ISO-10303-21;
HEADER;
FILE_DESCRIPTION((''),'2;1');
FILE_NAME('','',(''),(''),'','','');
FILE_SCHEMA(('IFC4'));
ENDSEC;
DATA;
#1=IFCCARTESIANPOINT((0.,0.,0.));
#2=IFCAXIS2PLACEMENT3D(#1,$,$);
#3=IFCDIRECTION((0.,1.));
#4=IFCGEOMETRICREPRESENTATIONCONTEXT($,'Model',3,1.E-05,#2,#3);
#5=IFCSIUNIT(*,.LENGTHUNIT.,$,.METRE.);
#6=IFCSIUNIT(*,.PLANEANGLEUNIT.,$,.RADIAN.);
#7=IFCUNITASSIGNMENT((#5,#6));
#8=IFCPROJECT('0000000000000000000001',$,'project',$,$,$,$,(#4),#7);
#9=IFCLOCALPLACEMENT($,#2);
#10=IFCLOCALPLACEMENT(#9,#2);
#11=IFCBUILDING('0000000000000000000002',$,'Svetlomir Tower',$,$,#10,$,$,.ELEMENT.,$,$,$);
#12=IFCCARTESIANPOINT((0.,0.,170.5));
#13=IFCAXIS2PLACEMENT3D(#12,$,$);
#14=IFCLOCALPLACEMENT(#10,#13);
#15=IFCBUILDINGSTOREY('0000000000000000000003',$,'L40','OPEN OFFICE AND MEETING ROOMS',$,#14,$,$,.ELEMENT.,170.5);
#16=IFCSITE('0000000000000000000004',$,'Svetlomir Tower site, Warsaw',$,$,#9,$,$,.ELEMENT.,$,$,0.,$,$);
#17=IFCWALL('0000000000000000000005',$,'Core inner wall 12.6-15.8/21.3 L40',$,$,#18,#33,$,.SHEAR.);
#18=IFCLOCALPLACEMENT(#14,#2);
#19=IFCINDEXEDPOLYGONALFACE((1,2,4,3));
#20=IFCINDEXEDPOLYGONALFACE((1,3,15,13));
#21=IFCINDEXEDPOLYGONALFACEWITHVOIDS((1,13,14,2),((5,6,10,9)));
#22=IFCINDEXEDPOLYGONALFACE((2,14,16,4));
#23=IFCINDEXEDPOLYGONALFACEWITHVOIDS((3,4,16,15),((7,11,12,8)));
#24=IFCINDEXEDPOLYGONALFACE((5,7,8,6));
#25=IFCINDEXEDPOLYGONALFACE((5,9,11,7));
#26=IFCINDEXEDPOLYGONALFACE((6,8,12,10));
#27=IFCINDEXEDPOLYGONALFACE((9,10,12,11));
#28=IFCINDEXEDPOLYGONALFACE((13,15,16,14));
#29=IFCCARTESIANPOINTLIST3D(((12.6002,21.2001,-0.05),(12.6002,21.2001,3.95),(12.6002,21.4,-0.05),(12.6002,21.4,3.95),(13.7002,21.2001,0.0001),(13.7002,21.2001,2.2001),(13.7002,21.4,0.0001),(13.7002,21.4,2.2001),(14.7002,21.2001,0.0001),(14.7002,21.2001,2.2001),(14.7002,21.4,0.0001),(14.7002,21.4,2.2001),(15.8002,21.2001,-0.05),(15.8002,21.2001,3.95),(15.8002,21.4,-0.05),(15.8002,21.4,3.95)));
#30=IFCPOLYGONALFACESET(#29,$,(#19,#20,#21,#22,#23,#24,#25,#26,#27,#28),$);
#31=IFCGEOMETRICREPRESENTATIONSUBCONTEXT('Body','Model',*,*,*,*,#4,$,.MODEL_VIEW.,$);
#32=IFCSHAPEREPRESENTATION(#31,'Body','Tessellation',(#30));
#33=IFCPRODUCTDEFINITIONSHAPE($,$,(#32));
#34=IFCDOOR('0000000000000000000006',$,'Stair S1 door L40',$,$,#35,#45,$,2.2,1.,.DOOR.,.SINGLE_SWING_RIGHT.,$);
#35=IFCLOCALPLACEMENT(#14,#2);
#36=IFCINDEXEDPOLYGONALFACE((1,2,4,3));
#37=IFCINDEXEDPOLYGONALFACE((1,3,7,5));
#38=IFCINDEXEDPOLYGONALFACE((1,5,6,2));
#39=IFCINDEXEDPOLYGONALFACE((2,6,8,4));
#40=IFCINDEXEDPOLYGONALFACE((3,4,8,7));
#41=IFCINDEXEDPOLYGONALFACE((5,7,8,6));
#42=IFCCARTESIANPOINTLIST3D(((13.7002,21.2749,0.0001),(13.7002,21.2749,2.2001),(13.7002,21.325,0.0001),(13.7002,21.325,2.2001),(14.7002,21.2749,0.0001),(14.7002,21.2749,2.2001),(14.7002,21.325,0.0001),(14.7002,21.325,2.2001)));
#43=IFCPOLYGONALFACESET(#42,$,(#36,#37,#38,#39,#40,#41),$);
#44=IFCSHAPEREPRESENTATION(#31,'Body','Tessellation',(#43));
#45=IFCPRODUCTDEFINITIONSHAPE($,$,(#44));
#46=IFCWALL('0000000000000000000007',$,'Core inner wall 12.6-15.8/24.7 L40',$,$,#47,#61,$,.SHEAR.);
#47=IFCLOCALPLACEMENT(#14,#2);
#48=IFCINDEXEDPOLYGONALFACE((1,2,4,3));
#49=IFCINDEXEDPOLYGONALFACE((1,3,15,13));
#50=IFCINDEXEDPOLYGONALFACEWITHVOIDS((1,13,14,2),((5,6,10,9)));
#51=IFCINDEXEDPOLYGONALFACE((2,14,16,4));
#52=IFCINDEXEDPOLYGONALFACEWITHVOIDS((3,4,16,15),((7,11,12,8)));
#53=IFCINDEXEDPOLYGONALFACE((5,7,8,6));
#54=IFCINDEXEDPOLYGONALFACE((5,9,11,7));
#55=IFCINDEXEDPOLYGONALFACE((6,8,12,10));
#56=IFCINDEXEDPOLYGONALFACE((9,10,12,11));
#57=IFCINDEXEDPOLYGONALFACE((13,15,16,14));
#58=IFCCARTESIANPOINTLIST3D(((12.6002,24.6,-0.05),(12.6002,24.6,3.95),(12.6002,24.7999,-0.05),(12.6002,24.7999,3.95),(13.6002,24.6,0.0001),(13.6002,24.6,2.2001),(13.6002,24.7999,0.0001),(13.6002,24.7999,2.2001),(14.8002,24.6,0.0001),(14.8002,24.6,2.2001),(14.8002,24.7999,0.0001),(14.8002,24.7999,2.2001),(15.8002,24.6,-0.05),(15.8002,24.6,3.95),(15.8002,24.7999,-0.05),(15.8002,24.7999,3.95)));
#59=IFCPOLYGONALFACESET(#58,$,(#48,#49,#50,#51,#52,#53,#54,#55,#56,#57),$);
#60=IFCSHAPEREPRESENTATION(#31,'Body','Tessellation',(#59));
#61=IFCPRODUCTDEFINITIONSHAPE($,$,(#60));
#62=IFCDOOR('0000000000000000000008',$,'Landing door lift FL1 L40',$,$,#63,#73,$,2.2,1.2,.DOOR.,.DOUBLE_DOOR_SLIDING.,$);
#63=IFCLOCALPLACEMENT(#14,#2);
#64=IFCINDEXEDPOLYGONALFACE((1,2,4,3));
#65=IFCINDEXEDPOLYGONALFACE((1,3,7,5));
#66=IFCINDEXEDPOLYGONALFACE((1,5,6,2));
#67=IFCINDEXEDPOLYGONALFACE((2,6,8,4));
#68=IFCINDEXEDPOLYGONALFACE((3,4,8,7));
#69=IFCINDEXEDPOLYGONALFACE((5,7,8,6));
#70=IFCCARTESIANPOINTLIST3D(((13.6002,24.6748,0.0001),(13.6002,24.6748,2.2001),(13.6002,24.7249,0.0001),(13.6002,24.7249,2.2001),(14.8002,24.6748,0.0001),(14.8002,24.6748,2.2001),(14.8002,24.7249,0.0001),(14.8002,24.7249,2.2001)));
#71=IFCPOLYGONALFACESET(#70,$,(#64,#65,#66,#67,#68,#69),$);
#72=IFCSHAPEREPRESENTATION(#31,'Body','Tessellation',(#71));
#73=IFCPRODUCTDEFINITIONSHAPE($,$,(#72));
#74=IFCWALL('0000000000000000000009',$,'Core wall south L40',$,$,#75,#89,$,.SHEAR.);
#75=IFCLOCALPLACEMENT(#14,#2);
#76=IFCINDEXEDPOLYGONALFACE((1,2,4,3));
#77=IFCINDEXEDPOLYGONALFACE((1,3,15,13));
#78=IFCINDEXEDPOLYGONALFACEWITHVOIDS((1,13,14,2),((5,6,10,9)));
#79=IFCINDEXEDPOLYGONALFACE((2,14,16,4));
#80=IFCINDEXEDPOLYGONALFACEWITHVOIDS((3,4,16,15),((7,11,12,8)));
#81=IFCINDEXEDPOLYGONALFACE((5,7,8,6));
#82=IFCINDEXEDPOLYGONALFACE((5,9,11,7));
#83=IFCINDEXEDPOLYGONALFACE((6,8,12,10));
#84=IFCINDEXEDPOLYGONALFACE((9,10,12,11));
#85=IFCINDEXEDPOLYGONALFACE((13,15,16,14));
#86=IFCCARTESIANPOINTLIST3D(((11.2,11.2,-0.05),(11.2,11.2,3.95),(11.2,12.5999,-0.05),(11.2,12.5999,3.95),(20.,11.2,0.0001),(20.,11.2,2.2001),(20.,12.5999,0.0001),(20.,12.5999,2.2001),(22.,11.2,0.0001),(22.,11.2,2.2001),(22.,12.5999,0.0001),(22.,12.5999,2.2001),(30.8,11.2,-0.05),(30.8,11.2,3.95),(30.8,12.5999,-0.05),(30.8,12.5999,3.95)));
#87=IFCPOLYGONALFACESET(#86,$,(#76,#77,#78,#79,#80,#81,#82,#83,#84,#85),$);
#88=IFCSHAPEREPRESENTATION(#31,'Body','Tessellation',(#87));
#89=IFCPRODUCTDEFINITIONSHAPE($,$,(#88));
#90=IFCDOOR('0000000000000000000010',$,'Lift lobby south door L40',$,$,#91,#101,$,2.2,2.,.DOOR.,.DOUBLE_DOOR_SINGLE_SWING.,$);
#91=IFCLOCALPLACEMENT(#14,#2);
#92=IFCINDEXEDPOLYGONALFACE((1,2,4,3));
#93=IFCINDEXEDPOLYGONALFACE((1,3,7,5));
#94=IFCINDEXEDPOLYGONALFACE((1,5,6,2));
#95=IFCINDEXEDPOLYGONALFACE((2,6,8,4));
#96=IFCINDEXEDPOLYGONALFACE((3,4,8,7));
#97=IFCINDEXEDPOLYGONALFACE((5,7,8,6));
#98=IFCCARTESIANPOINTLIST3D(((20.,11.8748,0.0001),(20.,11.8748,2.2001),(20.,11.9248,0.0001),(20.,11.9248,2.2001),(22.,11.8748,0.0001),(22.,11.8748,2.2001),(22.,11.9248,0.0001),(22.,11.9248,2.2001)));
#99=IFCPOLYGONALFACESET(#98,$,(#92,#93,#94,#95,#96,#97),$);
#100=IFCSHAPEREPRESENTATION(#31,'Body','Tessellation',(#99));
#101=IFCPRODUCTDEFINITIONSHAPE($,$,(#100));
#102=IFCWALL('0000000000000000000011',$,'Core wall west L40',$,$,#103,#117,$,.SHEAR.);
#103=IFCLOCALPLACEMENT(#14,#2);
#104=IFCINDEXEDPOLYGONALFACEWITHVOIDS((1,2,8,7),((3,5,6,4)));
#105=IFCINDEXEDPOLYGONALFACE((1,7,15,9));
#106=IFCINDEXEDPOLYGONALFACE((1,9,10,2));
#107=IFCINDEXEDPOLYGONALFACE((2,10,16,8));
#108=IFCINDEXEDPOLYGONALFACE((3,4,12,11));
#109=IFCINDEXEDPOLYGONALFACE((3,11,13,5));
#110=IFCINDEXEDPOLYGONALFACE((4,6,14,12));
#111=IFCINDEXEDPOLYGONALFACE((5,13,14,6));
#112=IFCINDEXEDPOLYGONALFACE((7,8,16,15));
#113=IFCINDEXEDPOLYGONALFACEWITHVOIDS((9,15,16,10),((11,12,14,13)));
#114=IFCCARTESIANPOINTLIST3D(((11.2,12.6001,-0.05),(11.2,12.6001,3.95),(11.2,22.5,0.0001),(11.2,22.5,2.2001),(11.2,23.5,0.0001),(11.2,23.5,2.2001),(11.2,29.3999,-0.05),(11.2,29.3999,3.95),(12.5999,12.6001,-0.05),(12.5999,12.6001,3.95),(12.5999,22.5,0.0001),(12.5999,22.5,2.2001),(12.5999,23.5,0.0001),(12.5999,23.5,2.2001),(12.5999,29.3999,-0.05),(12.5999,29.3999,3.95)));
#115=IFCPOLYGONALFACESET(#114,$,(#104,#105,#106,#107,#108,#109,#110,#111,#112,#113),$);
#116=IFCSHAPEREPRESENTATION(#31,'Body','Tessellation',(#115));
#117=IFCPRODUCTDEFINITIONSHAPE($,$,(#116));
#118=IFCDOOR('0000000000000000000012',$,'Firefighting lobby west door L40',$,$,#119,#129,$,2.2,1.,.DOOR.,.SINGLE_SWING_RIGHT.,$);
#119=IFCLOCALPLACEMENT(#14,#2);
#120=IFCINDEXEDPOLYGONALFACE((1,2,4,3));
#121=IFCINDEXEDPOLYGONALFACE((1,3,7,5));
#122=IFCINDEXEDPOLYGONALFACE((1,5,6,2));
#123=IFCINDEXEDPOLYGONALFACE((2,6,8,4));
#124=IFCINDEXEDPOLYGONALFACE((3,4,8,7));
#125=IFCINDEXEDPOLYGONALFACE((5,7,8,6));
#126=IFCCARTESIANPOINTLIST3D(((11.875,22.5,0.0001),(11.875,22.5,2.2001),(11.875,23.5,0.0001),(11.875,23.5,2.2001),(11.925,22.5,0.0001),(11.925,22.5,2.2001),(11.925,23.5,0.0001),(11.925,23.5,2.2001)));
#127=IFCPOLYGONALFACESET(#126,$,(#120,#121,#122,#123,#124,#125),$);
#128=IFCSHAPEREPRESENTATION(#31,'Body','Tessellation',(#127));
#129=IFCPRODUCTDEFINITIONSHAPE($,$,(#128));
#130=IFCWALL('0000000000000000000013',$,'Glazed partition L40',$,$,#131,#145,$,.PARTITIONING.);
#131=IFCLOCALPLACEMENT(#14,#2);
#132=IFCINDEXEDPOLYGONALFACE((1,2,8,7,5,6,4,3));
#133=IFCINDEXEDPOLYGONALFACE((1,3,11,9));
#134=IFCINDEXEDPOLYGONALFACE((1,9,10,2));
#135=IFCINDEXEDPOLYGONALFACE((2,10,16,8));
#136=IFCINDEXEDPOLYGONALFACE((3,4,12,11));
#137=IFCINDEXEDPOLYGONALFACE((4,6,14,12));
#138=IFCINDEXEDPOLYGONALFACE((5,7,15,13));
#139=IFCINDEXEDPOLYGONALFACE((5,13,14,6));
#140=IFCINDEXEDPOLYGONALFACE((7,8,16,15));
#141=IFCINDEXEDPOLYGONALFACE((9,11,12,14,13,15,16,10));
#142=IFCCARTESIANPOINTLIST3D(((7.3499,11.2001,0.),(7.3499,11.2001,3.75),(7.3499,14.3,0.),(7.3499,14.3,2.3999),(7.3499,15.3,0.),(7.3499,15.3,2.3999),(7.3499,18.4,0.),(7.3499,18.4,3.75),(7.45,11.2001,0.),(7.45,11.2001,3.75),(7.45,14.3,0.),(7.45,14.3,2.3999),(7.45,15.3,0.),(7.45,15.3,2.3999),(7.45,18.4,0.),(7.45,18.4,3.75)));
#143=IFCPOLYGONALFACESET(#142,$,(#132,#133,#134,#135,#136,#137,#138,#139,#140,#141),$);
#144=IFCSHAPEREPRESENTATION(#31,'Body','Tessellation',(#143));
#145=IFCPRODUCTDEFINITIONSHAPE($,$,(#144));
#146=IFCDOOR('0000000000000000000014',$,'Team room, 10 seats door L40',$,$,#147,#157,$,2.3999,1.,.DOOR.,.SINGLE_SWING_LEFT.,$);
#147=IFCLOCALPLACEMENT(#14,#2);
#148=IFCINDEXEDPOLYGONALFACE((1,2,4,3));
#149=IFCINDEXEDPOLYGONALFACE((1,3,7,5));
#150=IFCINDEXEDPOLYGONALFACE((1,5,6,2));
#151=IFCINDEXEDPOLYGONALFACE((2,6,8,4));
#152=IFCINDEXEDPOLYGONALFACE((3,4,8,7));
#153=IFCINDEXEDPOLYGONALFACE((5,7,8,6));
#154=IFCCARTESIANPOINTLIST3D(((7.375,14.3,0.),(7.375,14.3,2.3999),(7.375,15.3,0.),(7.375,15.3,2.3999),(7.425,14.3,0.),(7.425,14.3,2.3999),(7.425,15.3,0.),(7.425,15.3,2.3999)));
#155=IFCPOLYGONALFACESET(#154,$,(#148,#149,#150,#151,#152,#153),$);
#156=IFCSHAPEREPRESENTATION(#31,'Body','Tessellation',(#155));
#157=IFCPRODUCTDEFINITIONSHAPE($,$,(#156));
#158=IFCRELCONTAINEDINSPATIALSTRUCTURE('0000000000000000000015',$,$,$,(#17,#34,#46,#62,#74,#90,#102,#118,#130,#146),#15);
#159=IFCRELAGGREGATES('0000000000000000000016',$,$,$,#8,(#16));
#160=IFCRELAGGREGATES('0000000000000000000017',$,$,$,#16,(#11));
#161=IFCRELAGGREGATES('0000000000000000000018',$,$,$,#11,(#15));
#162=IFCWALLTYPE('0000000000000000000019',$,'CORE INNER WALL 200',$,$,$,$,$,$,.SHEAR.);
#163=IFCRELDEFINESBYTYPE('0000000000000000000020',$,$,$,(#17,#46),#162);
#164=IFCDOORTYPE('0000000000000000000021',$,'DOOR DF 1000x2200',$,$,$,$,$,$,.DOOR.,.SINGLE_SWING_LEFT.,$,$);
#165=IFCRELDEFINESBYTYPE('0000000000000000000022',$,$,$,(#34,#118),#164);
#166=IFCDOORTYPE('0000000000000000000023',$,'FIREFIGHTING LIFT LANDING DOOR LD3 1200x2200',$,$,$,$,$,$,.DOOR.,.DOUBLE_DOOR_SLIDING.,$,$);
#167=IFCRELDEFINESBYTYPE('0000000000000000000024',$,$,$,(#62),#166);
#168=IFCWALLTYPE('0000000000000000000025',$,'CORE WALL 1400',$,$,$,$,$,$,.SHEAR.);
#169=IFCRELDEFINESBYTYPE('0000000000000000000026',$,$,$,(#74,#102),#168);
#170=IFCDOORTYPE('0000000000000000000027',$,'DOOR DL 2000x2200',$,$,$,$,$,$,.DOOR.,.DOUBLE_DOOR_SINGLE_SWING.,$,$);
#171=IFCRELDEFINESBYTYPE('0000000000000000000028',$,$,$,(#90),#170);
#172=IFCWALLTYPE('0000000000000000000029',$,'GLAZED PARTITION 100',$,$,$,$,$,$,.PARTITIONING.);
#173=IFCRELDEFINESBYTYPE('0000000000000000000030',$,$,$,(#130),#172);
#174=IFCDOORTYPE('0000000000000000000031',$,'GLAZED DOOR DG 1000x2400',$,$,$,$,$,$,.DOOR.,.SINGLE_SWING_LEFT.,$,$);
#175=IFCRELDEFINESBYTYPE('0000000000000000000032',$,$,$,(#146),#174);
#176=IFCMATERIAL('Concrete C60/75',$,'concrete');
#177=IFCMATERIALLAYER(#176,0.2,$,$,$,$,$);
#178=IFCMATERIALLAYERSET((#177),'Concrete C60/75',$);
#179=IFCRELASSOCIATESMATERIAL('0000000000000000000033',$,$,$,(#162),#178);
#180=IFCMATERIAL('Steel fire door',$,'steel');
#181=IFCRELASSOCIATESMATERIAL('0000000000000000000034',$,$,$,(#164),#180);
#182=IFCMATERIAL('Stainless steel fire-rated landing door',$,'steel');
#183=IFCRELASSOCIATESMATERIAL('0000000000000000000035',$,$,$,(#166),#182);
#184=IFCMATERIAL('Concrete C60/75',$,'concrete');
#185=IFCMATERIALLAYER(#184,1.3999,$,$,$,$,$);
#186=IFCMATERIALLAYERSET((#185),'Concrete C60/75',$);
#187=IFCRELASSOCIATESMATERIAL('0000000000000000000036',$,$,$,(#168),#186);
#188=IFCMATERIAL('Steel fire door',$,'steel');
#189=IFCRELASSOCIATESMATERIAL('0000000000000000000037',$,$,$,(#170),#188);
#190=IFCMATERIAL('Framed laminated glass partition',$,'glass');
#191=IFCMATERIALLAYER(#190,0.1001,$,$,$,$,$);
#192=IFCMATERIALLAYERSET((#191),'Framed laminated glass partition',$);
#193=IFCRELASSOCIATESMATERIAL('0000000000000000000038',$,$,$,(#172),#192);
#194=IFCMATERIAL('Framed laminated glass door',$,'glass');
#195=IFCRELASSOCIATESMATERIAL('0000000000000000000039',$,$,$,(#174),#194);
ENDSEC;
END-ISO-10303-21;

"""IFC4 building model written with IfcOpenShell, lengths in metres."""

from ifc_helpers import new_model, si_unit, direction, frame, frame_2d, origin, place, context, subcontext, project, spatial, rectangle, extrude, material, layer, layer_set, type_object, element, fill, save


model = new_model("IFC4")

# Units and contexts
model_context = context("Model", 3, precision=1e-05, world=origin(), true_north=direction((0.0, 1.0)))
body_context = subcontext(model_context, "Body", "Model", "MODEL_VIEW")
ifc_project = project(units=[si_unit("LENGTHUNIT", "METRE"), si_unit("PLANEANGLEUNIT", "RADIAN")], contexts=[model_context])

# Site, building, storey
site_placement = place(None, origin())
site = spatial("IfcSite", under=ifc_project, at=site_placement, Name="Svetlomir Tower site, Warsaw", CompositionType="ELEMENT", RefElevation=0.0)
building_placement = place(site_placement, origin())
building = spatial("IfcBuilding", under=site, at=building_placement, Name="Svetlomir Tower", CompositionType="ELEMENT")
storey_placement = place(building_placement, frame((0.0, 0.0, 170.5)))
storey = spatial("IfcBuildingStorey", under=building, at=storey_placement, Name="L40", Description="OPEN OFFICE AND MEETING ROOMS", CompositionType="ELEMENT", Elevation=170.5)

# Walls, openings, doors
ifc_material_1 = material(Name="Concrete C60/75", Category="concrete")
ifc_layer_1 = layer(ifc_material_1, 0.2)
ifc_layer_set_1 = layer_set([ifc_layer_1], Name="Concrete C60/75")
wall_type_1 = type_object("IfcWallType", Name="CORE INNER WALL 200", PredefinedType="SHEAR", material=ifc_layer_set_1)
ifc_material_2 = material(Name="Steel fire door", Category="steel")
door_type_1 = type_object("IfcDoorType", Name="DOOR DF 1000x2200", OperationType="SINGLE_SWING_LEFT", PredefinedType="DOOR", material=ifc_material_2)
wall_1_placement = place(storey_placement, frame((12.6001, 21.3, -0.05), z_axis=(0.0, 0.0, 1.0), x_axis=(1.0, 0.0, 0.0)))
wall_1 = element("IfcWall", 1, at=wall_1_placement, inside=storey, type_object=wall_type_1, Name="Core inner wall 12.6-15.8/21.3 L40", PredefinedType="SHEAR", context=body_context, shape_type="SweptSolid", body=[
    extrude(rectangle(XDim=3.2, YDim=0.2, at=frame_2d((1.6001, 0.0))), origin(), (0.0, 0.0, 1.0), 4.0),
])
opening_1_placement = place(wall_1_placement, frame((1.1001, 0.0, 0.05)))
opening_1 = element("IfcOpeningElement", 2, at=opening_1_placement, cuts=wall_1, PredefinedType="OPENING", context=body_context, shape_type="SweptSolid", body=[
    extrude(rectangle(XDim=1.0, YDim=2.2, at=frame_2d((0.5, 1.1001))), frame((0.0, 0.1099, 0.0), z_axis=(0.0, -1.0, 0.0), x_axis=(1.0, 0.0, 0.0)), (0.0, 0.0, 1.0), 0.22),
])
door_1_placement = place(opening_1_placement, origin())
door_1 = element("IfcDoor", 3, at=door_1_placement, inside=storey, type_object=door_type_1, Name="Stair S1 door L40", OperationType="SINGLE_SWING_RIGHT", OverallHeight=2.2, OverallWidth=1.0, PredefinedType="DOOR", context=body_context, shape_type="SweptSolid", body=[
    extrude(rectangle(XDim=1.0, YDim=2.2, at=frame_2d((0.5, 1.1001))), frame((0.0, 0.0249, 0.0), z_axis=(0.0, -1.0, 0.0), x_axis=(1.0, 0.0, 0.0)), (0.0, 0.0, 1.0), 0.05),
])
fill(opening_1, door_1)
wall_2_placement = place(storey_placement, frame((12.6001, 24.7, -0.05), z_axis=(0.0, 0.0, 1.0), x_axis=(1.0, 0.0, 0.0)))
wall_2 = element("IfcWall", 4, at=wall_2_placement, inside=storey, type_object=wall_type_1, Name="Core inner wall 12.6-15.8/24.7 L40", PredefinedType="SHEAR", context=body_context, shape_type="SweptSolid", body=[
    extrude(rectangle(XDim=3.2, YDim=0.2, at=frame_2d((1.6001, 0.0))), origin(), (0.0, 0.0, 1.0), 4.0),
])
opening_2_placement = place(wall_2_placement, frame((1.0, 0.0, 0.05)))
opening_2 = element("IfcOpeningElement", 5, at=opening_2_placement, cuts=wall_2, PredefinedType="OPENING", context=body_context, shape_type="SweptSolid", body=[
    extrude(rectangle(XDim=1.2, YDim=2.2, at=frame_2d((0.6001, 1.1001))), frame((0.0, 0.1099, 0.0), z_axis=(0.0, -1.0, 0.0), x_axis=(1.0, 0.0, 0.0)), (0.0, 0.0, 1.0), 0.22),
])
ifc_material_3 = material(Name="Stainless steel fire-rated landing door", Category="steel")
door_type_2 = type_object("IfcDoorType", Name="FIREFIGHTING LIFT LANDING DOOR LD3 1200x2200", OperationType="DOUBLE_DOOR_SLIDING", PredefinedType="DOOR", material=ifc_material_3)
door_2_placement = place(opening_2_placement, origin())
door_2 = element("IfcDoor", 6, at=door_2_placement, inside=storey, type_object=door_type_2, Name="Landing door lift FL1 L40", OperationType="DOUBLE_DOOR_SLIDING", OverallHeight=2.2, OverallWidth=1.2, PredefinedType="DOOR", context=body_context, shape_type="SweptSolid", body=[
    extrude(rectangle(XDim=1.2, YDim=2.2, at=frame_2d((0.6001, 1.1001))), frame((0.0, 0.0249, 0.0), z_axis=(0.0, -1.0, 0.0), x_axis=(1.0, 0.0, 0.0)), (0.0, 0.0, 1.0), 0.05),
])
fill(opening_2, door_2)
ifc_material_4 = material(Name="Concrete C60/75", Category="concrete")
ifc_layer_2 = layer(ifc_material_4, 1.3999)
ifc_layer_set_2 = layer_set([ifc_layer_2], Name="Concrete C60/75")
wall_type_2 = type_object("IfcWallType", Name="CORE WALL 1400", PredefinedType="SHEAR", material=ifc_layer_set_2)
wall_3_placement = place(storey_placement, frame((11.2, 11.8999, -0.05), z_axis=(0.0, 0.0, 1.0), x_axis=(1.0, 0.0, 0.0)))
wall_3 = element("IfcWall", 7, at=wall_3_placement, inside=storey, type_object=wall_type_2, Name="Core wall south L40", PredefinedType="SHEAR", context=body_context, shape_type="SweptSolid", body=[
    extrude(rectangle(XDim=19.6001, YDim=1.3999, at=frame_2d((9.8, 0.0))), origin(), (0.0, 0.0, 1.0), 4.0),
])
opening_3_placement = place(wall_3_placement, frame((8.8, 0.0, 0.05)))
opening_3 = element("IfcOpeningElement", 8, at=opening_3_placement, cuts=wall_3, PredefinedType="OPENING", context=body_context, shape_type="SweptSolid", body=[
    extrude(rectangle(XDim=2.0, YDim=2.2, at=frame_2d((1.0, 1.1001))), frame((0.0, 0.71, 0.0), z_axis=(0.0, -1.0, 0.0), x_axis=(1.0, 0.0, 0.0)), (0.0, 0.0, 1.0), 1.4199),
])
ifc_material_5 = material(Name="Steel fire door", Category="steel")
door_type_3 = type_object("IfcDoorType", Name="DOOR DL 2000x2200", OperationType="DOUBLE_DOOR_SINGLE_SWING", PredefinedType="DOOR", material=ifc_material_5)
door_3_placement = place(opening_3_placement, origin())
door_3 = element("IfcDoor", 9, at=door_3_placement, inside=storey, type_object=door_type_3, Name="Lift lobby south door L40", OperationType="DOUBLE_DOOR_SINGLE_SWING", OverallHeight=2.2, OverallWidth=2.0, PredefinedType="DOOR", context=body_context, shape_type="SweptSolid", body=[
    extrude(rectangle(XDim=2.0, YDim=2.2, at=frame_2d((1.0, 1.1001))), frame((0.0, 0.0249, 0.0), z_axis=(0.0, -1.0, 0.0), x_axis=(1.0, 0.0, 0.0)), (0.0, 0.0, 1.0), 0.05),
])
fill(opening_3, door_3)
wall_4_placement = place(storey_placement, frame((11.8999, 12.6001, -0.05), z_axis=(0.0, 0.0, 1.0), x_axis=(0.0, 1.0, 0.0)))
wall_4 = element("IfcWall", 10, at=wall_4_placement, inside=storey, type_object=wall_type_2, Name="Core wall west L40", PredefinedType="SHEAR", context=body_context, shape_type="SweptSolid", body=[
    extrude(rectangle(XDim=16.7998, YDim=1.3999, at=frame_2d((8.3999, 0.0))), origin(), (0.0, 0.0, 1.0), 4.0),
])
opening_4_placement = place(wall_4_placement, frame((9.8999, 0.0, 0.05)))
opening_4 = element("IfcOpeningElement", 11, at=opening_4_placement, cuts=wall_4, PredefinedType="OPENING", context=body_context, shape_type="SweptSolid", body=[
    extrude(rectangle(XDim=1.0, YDim=2.2, at=frame_2d((0.5, 1.1001))), frame((0.0, 0.71, 0.0), z_axis=(0.0, -1.0, 0.0), x_axis=(1.0, 0.0, 0.0)), (0.0, 0.0, 1.0), 1.4199),
])
door_4_placement = place(opening_4_placement, origin())
door_4 = element("IfcDoor", 12, at=door_4_placement, inside=storey, type_object=door_type_1, Name="Firefighting lobby west door L40", OperationType="SINGLE_SWING_RIGHT", OverallHeight=2.2, OverallWidth=1.0, PredefinedType="DOOR", context=body_context, shape_type="SweptSolid", body=[
    extrude(rectangle(XDim=1.0, YDim=2.2, at=frame_2d((0.5, 1.1001))), frame((0.0, 0.0249, 0.0), z_axis=(0.0, -1.0, 0.0), x_axis=(1.0, 0.0, 0.0)), (0.0, 0.0, 1.0), 0.05),
])
fill(opening_4, door_4)
ifc_material_6 = material(Name="Framed laminated glass partition", Category="glass")
ifc_layer_3 = layer(ifc_material_6, 0.1001)
ifc_layer_set_3 = layer_set([ifc_layer_3], Name="Framed laminated glass partition")
wall_type_3 = type_object("IfcWallType", Name="GLAZED PARTITION 100", PredefinedType="PARTITIONING", material=ifc_layer_set_3)
wall_5_placement = place(storey_placement, frame((7.3999, 11.2, 0.0), z_axis=(0.0, 0.0, 1.0), x_axis=(0.0, 1.0, 0.0)))
wall_5 = element("IfcWall", 13, at=wall_5_placement, inside=storey, type_object=wall_type_3, Name="Glazed partition L40", PredefinedType="PARTITIONING", context=body_context, shape_type="SweptSolid", body=[
    extrude(rectangle(XDim=7.2, YDim=0.1001, at=frame_2d((3.6001, 0.0))), origin(), (0.0, 0.0, 1.0), 3.75),
])
opening_5_placement = place(wall_5_placement, frame((3.1001, 0.0, 0.0)))
opening_5 = element("IfcOpeningElement", 14, at=opening_5_placement, cuts=wall_5, PredefinedType="OPENING", context=body_context, shape_type="SweptSolid", body=[
    extrude(rectangle(XDim=1.0, YDim=2.3999, at=frame_2d((0.5, 1.2))), frame((0.0, 0.0601, 0.0), z_axis=(0.0, -1.0, 0.0), x_axis=(1.0, 0.0, 0.0)), (0.0, 0.0, 1.0), 0.1201),
])
ifc_material_7 = material(Name="Framed laminated glass door", Category="glass")
door_type_4 = type_object("IfcDoorType", Name="GLAZED DOOR DG 1000x2400", OperationType="SINGLE_SWING_LEFT", PredefinedType="DOOR", material=ifc_material_7)
door_5_placement = place(opening_5_placement, origin())
door_5 = element("IfcDoor", 15, at=door_5_placement, inside=storey, type_object=door_type_4, Name="Team room, 10 seats door L40", OperationType="SINGLE_SWING_LEFT", OverallHeight=2.3999, OverallWidth=1.0, PredefinedType="DOOR", context=body_context, shape_type="SweptSolid", body=[
    extrude(rectangle(XDim=1.0, YDim=2.3999, at=frame_2d((0.5, 1.2))), frame((0.0, 0.0249, 0.0), z_axis=(0.0, -1.0, 0.0), x_axis=(1.0, 0.0, 0.0)), (0.0, 0.0, 1.0), 0.05),
])
fill(opening_5, door_5)

save(model, "model.ifc")
